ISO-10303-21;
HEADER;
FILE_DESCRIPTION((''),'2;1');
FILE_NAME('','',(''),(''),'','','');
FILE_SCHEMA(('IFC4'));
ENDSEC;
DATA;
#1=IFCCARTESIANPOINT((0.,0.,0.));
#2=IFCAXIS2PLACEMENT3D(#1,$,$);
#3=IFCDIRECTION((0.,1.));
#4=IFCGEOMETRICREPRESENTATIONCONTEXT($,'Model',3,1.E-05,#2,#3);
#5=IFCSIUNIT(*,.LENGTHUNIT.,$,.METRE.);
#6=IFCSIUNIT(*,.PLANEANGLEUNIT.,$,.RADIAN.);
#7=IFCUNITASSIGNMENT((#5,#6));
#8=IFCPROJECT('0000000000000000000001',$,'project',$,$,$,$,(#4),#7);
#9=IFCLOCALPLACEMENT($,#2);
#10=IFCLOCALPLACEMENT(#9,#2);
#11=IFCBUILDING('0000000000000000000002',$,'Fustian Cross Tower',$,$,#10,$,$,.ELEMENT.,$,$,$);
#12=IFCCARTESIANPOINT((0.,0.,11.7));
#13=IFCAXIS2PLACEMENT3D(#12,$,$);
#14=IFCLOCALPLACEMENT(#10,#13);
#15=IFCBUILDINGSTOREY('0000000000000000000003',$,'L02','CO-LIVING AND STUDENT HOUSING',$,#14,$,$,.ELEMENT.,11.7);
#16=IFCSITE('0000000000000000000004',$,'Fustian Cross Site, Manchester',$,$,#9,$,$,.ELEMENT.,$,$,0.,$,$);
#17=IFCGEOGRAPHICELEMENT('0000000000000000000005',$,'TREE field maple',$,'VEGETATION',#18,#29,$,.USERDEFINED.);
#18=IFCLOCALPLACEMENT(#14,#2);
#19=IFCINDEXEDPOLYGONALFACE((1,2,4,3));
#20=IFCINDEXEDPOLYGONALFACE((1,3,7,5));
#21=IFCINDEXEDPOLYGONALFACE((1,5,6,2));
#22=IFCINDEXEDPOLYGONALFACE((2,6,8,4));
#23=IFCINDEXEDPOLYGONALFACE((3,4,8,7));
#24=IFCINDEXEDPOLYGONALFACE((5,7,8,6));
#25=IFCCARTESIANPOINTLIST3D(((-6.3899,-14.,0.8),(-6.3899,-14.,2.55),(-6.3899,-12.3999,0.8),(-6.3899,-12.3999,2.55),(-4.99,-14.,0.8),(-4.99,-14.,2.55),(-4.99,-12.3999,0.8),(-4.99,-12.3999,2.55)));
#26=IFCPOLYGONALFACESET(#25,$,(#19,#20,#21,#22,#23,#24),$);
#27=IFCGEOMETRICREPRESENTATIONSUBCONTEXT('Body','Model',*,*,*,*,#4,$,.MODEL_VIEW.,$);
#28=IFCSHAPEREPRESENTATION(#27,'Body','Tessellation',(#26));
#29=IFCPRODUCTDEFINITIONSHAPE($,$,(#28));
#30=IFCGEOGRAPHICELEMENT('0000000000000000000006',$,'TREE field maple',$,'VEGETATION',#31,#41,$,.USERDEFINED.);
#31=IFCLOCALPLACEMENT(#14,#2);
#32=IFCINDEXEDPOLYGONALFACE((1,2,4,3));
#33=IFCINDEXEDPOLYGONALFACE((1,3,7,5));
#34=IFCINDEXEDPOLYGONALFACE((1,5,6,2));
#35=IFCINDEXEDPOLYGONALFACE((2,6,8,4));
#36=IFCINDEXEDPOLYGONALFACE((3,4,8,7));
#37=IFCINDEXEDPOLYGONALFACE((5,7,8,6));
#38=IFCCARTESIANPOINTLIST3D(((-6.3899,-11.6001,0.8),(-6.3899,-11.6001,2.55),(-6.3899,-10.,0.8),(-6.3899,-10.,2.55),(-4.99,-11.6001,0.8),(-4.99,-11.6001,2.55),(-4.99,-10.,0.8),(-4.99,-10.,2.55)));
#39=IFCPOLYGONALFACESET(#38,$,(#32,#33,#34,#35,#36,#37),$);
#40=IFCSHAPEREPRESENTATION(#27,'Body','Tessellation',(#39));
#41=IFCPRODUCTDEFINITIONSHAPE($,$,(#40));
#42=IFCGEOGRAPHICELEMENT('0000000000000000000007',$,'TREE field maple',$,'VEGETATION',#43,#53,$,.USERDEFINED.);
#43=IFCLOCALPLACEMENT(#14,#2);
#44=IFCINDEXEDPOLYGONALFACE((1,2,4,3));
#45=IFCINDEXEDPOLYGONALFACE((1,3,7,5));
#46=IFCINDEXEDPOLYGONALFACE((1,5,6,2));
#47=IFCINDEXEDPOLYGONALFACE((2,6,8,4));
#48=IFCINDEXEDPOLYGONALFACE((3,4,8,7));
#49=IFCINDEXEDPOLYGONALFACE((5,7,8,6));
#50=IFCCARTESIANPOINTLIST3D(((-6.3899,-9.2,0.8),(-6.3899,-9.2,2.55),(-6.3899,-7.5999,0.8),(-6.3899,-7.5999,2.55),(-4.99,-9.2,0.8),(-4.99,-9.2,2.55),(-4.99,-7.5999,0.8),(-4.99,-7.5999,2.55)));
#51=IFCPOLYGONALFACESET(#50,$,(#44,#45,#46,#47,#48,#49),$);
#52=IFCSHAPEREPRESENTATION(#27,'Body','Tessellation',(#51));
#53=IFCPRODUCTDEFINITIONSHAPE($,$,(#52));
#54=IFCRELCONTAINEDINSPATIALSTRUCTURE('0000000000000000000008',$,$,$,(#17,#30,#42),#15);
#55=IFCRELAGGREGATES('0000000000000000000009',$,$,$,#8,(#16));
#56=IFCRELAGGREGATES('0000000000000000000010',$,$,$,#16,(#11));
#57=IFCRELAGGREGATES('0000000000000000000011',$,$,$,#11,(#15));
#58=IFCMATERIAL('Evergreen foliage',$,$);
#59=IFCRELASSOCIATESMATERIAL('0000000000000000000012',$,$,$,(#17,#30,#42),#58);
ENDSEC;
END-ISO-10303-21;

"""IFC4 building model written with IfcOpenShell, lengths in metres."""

from ifc_helpers import new_model, si_unit, direction, frame, origin, origin_2d, place, context, subcontext, project, spatial, rectangle, extrude, material, element, save


model = new_model("IFC4")

# Units and contexts
model_context = context("Model", 3, precision=1e-05, world=origin(), true_north=direction((0.0, 1.0)))
body_context = subcontext(model_context, "Body", "Model", "MODEL_VIEW")
ifc_project = project(units=[si_unit("LENGTHUNIT", "METRE"), si_unit("PLANEANGLEUNIT", "RADIAN")], contexts=[model_context])

# Site, building, storey
site_placement = place(None, origin())
site = spatial("IfcSite", under=ifc_project, at=site_placement, Name="Fustian Cross Site, Manchester", CompositionType="ELEMENT", RefElevation=0.0)
building_placement = place(site_placement, origin())
building = spatial("IfcBuilding", under=site, at=building_placement, Name="Fustian Cross Tower", CompositionType="ELEMENT")
storey_placement = place(building_placement, frame((0.0, 0.0, 11.7)))
storey = spatial("IfcBuildingStorey", under=building, at=storey_placement, Name="L02", Description="CO-LIVING AND STUDENT HOUSING", CompositionType="ELEMENT", Elevation=11.7)

# Geographic elements
ifc_material_1 = material(Name="Evergreen foliage")
for number, where, z_axis, x_axis, name in (
    (1, (-5.6899, -13.2, 0.8), (0.0, 0.0, 1.0), (1.0, 0.0, 0.0), "TREE field maple"),
    (2, (-5.6899, -10.8, 0.8), (0.0, 0.0, 1.0), (1.0, 0.0, 0.0), "TREE field maple"),
    (3, (-5.6899, -8.3999, 0.8), (0.0, 0.0, 1.0), (1.0, 0.0, 0.0), "TREE field maple"),
):
    element("IfcGeographicElement", number, at=place(storey_placement, frame(where, z_axis=z_axis, x_axis=x_axis)), inside=storey, material=ifc_material_1, Name=name, ObjectType="VEGETATION", PredefinedType="USERDEFINED", context=body_context, shape_type="SweptSolid", body=[
        extrude(rectangle(XDim=1.3999, YDim=1.6001, at=origin_2d()), origin(), (0.0, 0.0, 1.0), 1.75),
    ])

save(model, "model.ifc")
